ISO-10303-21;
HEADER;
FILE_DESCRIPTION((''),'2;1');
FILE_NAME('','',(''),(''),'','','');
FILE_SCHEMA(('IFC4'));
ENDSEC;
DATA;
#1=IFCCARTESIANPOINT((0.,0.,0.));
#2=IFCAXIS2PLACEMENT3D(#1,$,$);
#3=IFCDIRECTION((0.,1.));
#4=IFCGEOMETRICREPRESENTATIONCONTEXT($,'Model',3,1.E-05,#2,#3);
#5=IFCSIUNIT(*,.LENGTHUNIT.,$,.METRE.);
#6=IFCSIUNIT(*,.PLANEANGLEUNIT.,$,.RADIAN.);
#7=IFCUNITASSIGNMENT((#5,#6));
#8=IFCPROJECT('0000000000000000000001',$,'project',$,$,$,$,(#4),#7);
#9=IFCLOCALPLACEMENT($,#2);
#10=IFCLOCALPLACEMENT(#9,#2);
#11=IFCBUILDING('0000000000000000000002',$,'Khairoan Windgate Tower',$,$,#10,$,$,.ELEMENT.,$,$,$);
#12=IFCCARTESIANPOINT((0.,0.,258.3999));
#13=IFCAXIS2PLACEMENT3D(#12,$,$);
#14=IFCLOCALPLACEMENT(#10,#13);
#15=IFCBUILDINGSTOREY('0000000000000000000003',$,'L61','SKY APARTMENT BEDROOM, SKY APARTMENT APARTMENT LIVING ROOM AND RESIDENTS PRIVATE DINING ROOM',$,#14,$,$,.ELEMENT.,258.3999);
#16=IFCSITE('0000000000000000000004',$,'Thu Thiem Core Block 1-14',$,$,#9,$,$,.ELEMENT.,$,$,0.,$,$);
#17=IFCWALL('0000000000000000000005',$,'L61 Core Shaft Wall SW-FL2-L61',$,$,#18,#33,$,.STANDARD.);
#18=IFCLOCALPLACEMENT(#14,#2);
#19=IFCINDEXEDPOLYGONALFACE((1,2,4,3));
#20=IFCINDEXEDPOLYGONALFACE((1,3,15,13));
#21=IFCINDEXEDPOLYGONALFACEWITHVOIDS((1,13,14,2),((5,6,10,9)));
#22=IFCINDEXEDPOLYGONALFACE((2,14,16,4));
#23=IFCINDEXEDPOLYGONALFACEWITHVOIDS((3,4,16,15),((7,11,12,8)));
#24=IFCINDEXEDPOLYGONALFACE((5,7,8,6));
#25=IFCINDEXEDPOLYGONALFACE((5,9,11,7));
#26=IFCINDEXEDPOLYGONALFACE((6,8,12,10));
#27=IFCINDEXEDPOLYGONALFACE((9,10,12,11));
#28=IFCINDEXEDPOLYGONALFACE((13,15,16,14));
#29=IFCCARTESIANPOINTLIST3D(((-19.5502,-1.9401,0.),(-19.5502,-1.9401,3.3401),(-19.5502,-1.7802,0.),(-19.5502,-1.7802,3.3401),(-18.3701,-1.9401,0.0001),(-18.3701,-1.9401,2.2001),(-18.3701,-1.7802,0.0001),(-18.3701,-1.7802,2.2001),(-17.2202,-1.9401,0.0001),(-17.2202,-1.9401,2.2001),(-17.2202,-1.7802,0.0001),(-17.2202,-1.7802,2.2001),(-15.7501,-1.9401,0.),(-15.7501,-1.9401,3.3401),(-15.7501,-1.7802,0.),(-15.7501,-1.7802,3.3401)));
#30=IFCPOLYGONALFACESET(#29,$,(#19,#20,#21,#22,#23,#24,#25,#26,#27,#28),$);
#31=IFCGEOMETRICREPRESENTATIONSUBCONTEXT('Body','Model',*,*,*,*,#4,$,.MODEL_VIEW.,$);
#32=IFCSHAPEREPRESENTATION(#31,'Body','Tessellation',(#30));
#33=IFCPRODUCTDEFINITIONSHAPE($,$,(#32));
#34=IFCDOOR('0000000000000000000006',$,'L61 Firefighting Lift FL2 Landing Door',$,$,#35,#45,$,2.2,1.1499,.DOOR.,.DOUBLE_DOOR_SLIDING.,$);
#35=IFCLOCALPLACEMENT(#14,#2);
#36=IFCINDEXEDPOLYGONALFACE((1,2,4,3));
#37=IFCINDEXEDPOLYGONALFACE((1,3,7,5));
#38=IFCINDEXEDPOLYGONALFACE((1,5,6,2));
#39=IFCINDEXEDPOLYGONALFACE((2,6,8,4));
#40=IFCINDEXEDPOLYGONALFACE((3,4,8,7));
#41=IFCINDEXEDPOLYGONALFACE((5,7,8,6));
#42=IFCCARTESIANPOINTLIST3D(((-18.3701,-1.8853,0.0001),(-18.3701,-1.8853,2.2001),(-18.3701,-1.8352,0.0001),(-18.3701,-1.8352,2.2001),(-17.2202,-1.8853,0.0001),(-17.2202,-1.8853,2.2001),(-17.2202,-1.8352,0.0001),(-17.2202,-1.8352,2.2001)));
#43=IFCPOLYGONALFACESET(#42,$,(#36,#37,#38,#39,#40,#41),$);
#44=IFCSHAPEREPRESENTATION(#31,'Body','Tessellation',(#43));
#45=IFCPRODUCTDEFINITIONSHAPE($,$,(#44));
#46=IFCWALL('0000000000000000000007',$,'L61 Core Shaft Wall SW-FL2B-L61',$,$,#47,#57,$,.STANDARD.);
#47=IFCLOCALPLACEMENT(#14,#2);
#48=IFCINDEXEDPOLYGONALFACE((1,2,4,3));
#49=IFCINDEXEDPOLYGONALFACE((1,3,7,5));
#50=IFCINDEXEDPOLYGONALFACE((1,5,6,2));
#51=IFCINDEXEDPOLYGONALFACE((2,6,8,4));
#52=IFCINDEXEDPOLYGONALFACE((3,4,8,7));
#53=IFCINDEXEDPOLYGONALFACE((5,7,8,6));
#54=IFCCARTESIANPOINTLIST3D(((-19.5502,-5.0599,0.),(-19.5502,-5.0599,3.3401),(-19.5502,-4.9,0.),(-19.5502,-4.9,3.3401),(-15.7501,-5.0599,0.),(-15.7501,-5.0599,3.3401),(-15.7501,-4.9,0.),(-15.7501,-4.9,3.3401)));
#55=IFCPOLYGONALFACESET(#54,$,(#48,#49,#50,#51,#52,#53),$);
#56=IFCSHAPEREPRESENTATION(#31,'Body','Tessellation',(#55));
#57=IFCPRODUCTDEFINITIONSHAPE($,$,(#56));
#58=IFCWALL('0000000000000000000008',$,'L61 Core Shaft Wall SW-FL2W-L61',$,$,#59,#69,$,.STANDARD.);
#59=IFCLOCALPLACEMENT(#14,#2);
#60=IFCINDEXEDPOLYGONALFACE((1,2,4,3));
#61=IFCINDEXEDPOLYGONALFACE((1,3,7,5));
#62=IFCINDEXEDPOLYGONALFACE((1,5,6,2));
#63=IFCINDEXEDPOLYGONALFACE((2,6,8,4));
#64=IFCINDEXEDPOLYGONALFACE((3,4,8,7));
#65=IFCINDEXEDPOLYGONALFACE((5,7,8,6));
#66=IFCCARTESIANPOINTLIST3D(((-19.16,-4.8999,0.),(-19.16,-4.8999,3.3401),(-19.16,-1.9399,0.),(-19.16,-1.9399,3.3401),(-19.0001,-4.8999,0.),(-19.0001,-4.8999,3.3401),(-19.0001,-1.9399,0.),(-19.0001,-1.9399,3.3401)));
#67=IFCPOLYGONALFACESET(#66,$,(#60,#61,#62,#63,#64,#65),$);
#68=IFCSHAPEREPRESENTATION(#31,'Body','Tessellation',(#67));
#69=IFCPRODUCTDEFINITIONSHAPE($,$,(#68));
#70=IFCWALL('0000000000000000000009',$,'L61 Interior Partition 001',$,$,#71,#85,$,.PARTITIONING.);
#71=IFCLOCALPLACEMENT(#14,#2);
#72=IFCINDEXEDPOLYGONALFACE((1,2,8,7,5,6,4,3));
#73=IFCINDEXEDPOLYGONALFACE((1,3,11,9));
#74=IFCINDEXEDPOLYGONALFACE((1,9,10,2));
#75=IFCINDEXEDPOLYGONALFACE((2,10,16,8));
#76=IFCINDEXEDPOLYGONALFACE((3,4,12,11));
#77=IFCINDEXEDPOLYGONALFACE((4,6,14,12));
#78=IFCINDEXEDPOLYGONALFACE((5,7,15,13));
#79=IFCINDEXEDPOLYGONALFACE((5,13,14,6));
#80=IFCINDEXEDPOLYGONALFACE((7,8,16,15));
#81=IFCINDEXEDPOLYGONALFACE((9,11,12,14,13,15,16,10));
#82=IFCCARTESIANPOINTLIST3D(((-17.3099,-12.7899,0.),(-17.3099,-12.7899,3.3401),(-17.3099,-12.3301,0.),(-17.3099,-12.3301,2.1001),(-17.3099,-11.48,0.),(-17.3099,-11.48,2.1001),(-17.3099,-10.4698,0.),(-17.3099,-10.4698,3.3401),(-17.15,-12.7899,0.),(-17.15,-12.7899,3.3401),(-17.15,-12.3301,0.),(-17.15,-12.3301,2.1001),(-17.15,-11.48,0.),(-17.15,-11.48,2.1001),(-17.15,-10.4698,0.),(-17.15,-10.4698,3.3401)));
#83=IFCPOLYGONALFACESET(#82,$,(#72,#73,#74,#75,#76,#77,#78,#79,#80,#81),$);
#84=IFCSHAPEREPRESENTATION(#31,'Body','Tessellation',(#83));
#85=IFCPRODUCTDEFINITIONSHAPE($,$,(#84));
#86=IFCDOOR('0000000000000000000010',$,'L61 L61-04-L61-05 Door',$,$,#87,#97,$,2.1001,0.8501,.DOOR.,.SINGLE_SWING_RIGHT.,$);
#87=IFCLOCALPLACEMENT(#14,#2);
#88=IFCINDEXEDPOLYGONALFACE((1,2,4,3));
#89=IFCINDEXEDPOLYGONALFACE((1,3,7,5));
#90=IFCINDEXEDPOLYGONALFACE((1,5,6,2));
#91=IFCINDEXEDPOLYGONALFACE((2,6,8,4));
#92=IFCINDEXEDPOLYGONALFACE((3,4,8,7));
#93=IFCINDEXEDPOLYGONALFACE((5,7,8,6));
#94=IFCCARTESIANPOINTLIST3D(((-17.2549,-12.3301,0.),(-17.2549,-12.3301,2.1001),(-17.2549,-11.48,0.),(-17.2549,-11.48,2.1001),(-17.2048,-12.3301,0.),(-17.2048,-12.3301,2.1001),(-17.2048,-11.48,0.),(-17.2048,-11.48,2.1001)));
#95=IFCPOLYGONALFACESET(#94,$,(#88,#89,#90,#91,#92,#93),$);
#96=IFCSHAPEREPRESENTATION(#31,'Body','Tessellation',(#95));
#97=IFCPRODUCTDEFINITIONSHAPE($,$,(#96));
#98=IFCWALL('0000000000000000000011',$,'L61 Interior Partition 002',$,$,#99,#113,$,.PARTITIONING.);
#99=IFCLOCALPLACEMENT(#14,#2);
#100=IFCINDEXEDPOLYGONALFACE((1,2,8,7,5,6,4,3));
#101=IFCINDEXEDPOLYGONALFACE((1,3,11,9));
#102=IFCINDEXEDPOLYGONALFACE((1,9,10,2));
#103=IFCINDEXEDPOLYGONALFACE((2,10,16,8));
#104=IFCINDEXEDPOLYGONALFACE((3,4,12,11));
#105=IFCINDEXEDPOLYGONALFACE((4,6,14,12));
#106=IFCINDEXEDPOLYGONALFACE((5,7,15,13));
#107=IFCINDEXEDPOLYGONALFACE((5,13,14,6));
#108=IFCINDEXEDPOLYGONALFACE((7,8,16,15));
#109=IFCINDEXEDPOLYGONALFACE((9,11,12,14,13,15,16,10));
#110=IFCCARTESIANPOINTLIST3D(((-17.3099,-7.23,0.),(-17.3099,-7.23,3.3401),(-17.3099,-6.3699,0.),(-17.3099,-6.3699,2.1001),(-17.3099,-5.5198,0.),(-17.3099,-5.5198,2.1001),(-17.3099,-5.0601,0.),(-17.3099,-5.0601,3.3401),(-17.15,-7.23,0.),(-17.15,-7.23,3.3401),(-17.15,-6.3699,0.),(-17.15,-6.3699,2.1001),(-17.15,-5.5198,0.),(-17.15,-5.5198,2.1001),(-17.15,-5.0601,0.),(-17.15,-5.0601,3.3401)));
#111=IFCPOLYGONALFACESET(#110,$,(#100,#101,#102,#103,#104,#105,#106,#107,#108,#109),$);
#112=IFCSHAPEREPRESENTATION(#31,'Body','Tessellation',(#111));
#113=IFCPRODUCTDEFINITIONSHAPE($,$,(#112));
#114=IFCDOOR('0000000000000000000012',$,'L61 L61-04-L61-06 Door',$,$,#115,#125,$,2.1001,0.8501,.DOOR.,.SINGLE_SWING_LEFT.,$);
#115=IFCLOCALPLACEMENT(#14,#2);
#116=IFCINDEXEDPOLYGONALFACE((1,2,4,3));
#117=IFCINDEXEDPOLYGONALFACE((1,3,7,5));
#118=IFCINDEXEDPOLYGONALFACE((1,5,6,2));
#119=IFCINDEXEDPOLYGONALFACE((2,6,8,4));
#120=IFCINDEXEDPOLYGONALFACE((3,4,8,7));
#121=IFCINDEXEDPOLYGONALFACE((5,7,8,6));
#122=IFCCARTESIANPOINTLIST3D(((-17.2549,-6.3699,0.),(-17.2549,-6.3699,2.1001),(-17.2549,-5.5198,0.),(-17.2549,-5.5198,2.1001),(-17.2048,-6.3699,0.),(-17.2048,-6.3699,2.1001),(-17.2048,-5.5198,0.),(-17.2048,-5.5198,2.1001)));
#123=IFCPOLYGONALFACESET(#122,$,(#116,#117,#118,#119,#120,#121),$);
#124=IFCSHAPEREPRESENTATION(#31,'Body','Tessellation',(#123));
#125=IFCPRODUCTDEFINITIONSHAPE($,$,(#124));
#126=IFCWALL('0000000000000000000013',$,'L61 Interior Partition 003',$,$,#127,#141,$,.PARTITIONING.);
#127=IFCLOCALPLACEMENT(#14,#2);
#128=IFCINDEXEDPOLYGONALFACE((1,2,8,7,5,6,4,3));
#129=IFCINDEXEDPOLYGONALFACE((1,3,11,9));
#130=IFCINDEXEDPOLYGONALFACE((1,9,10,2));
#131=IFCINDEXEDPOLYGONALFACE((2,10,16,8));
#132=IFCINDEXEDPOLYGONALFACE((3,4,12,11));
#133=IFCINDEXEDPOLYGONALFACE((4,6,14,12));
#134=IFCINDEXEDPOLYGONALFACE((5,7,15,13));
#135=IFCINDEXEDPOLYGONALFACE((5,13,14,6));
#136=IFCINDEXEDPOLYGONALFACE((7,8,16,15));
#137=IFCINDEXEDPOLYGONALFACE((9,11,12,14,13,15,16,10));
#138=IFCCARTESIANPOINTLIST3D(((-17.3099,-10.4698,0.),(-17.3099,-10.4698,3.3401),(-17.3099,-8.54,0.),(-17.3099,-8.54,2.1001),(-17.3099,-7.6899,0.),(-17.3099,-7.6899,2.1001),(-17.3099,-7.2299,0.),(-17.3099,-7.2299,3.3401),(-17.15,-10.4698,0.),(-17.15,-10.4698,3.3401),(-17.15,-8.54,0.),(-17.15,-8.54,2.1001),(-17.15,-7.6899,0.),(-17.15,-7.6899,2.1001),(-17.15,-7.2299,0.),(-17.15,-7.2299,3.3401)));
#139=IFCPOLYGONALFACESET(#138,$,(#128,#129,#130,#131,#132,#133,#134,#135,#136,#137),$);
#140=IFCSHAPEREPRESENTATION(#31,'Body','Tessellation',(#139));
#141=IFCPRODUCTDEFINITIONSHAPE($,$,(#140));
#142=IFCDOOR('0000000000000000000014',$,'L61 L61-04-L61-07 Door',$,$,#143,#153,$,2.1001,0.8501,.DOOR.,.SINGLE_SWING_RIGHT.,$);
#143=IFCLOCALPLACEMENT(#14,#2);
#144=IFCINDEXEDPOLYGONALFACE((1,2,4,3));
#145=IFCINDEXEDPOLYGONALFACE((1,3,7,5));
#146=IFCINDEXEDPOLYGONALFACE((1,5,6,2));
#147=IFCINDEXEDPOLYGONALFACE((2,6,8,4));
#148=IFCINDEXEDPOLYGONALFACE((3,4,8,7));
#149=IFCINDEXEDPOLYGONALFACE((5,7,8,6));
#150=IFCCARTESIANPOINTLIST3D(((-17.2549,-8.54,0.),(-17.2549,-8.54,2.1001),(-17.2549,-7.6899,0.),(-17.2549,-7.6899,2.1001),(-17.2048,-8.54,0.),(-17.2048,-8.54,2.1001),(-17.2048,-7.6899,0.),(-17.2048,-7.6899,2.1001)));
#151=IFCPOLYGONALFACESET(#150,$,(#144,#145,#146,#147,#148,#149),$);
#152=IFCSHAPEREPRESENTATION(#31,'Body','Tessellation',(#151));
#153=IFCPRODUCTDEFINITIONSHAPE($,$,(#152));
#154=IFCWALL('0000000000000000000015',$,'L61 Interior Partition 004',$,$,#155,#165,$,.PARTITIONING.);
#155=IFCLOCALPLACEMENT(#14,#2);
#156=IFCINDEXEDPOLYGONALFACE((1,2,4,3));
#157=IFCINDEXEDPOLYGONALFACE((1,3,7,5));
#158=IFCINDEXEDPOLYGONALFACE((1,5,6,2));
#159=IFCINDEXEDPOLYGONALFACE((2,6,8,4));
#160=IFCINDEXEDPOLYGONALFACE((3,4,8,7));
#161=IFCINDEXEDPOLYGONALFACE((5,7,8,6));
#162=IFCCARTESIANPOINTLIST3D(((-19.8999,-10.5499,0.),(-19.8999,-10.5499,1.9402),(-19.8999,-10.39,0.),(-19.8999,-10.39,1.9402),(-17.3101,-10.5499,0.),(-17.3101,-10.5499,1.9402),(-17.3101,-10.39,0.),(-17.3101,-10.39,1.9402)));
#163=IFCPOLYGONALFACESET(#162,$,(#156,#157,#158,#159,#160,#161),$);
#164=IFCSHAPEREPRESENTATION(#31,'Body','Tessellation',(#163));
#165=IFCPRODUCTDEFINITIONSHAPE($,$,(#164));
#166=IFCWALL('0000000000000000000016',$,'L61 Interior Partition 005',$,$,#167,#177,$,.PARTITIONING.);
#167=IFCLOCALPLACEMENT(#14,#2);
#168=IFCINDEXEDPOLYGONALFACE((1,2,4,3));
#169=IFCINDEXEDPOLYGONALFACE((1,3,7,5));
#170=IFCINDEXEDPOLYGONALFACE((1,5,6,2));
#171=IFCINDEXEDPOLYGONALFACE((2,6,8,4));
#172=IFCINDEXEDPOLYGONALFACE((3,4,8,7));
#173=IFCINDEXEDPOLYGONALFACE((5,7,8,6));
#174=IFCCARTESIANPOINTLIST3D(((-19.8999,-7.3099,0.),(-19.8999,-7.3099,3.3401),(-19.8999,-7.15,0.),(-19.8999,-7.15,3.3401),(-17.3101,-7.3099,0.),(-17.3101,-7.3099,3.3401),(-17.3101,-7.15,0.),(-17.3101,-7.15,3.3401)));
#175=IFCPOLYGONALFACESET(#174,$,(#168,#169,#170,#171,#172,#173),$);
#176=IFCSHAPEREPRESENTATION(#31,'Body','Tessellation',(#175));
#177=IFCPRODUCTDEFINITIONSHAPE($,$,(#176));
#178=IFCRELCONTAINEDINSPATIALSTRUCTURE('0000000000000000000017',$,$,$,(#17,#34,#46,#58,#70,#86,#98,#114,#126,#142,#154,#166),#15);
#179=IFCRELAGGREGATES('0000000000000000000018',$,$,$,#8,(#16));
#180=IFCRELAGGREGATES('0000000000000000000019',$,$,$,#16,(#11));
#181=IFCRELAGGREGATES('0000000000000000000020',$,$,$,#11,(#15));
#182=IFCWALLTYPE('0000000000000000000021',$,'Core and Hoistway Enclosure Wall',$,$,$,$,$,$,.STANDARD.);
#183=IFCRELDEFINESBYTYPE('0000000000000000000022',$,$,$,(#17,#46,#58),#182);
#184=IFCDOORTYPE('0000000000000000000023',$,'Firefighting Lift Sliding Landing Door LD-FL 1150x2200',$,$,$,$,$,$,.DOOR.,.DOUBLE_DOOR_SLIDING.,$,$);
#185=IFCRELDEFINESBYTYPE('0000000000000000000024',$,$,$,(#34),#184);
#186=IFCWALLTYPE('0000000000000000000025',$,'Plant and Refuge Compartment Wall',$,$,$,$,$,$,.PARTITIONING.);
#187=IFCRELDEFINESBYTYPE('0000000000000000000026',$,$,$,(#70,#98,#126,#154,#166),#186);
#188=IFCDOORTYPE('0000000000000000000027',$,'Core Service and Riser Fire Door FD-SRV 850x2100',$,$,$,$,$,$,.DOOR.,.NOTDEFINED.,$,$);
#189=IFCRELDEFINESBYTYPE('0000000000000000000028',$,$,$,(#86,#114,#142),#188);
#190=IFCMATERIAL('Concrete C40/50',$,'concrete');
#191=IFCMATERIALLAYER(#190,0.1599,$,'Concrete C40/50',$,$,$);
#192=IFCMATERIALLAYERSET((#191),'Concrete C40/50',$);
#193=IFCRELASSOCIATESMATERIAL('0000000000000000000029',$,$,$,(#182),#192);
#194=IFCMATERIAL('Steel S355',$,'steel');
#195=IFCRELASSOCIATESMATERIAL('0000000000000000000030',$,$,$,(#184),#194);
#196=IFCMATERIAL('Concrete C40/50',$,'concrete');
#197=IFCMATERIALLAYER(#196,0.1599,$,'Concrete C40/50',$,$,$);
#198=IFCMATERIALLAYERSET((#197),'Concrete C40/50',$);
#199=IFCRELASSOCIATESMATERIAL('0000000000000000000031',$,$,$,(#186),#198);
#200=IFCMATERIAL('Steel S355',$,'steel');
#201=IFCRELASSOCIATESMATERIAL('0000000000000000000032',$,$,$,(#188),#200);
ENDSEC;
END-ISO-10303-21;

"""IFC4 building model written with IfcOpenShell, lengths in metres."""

from ifc_helpers import new_model, si_unit, direction, frame, frame_2d, origin, place, context, subcontext, project, spatial, rectangle, extrude, material, layer, layer_set, type_object, element, fill, save


model = new_model("IFC4")

# Units and contexts
model_context = context("Model", 3, precision=1e-05, world=origin(), true_north=direction((0.0, 1.0)))
body_context = subcontext(model_context, "Body", "Model", "MODEL_VIEW")
ifc_project = project(units=[si_unit("LENGTHUNIT", "METRE"), si_unit("PLANEANGLEUNIT", "RADIAN")], contexts=[model_context])

# Site, building, storey
site_placement = place(None, origin())
site = spatial("IfcSite", under=ifc_project, at=site_placement, Name="Thu Thiem Core Block 1-14", CompositionType="ELEMENT", RefElevation=0.0)
building_placement = place(site_placement, origin())
building = spatial("IfcBuilding", under=site, at=building_placement, Name="Khairoan Windgate Tower", CompositionType="ELEMENT")
storey_placement = place(building_placement, frame((0.0, 0.0, 258.3999)))
storey = spatial("IfcBuildingStorey", under=building, at=storey_placement, Name="L61", Description="SKY APARTMENT BEDROOM, SKY APARTMENT APARTMENT LIVING ROOM AND RESIDENTS PRIVATE DINING ROOM", CompositionType="ELEMENT", Elevation=258.3999)

# Wall, opening, door
ifc_material_1 = material(Name="Concrete C40/50", Category="concrete")
ifc_layer_1 = layer(ifc_material_1, 0.1599, Name="Concrete C40/50")
ifc_layer_set_1 = layer_set([ifc_layer_1], Name="Concrete C40/50")
wall_type_1 = type_object("IfcWallType", Name="Core and Hoistway Enclosure Wall", PredefinedType="STANDARD", material=ifc_layer_set_1)
wall_1_placement = place(storey_placement, frame((-19.55, -1.8601, 0.0), z_axis=(0.0, 0.0, 1.0), x_axis=(1.0, 0.0, 0.0)))
wall_1 = element("IfcWall", 1, at=wall_1_placement, inside=storey, type_object=wall_type_1, Name="L61 Core Shaft Wall SW-FL2-L61", PredefinedType="STANDARD", context=body_context, shape_type="SweptSolid", body=[
    extrude(rectangle(XDim=3.8, YDim=0.1599, at=frame_2d((1.8999, 0.0))), origin(), (0.0, 0.0, 1.0), 3.3401),
])
opening_1_placement = place(wall_1_placement, frame((1.1799, 0.0, 0.0)))
opening_1 = element("IfcOpeningElement", 2, at=opening_1_placement, cuts=wall_1, PredefinedType="OPENING", context=body_context, shape_type="SweptSolid", body=[
    extrude(rectangle(XDim=1.1499, YDim=2.2, at=frame_2d((0.575, 1.1001))), frame((0.0, 0.0898, 0.0), z_axis=(0.0, -1.0, 0.0), x_axis=(1.0, 0.0, 0.0)), (0.0, 0.0, 1.0), 0.1799),
])
ifc_material_2 = material(Name="Steel S355", Category="steel")
door_type_1 = type_object("IfcDoorType", Name="Firefighting Lift Sliding Landing Door LD-FL 1150x2200", OperationType="DOUBLE_DOOR_SLIDING", PredefinedType="DOOR", material=ifc_material_2)
door_1_placement = place(opening_1_placement, origin())
door_1 = element("IfcDoor", 3, at=door_1_placement, inside=storey, type_object=door_type_1, Name="L61 Firefighting Lift FL2 Landing Door", OperationType="DOUBLE_DOOR_SLIDING", OverallHeight=2.2, OverallWidth=1.1499, PredefinedType="DOOR", context=body_context, shape_type="SweptSolid", body=[
    extrude(rectangle(XDim=1.1499, YDim=2.2, at=frame_2d((0.575, 1.1001))), frame((0.0, 0.0249, 0.0), z_axis=(0.0, -1.0, 0.0), x_axis=(1.0, 0.0, 0.0)), (0.0, 0.0, 1.0), 0.05),
])
fill(opening_1, door_1)

# Walls
wall_2_placement = place(storey_placement, frame((-19.55, -4.98, 0.0), z_axis=(0.0, 0.0, 1.0), x_axis=(1.0, 0.0, 0.0)))
element("IfcWall", 4, at=wall_2_placement, inside=storey, type_object=wall_type_1, Name="L61 Core Shaft Wall SW-FL2B-L61", PredefinedType="STANDARD", context=body_context, shape_type="SweptSolid", body=[
    extrude(rectangle(XDim=3.8, YDim=0.1599, at=frame_2d((1.8999, 0.0))), origin(), (0.0, 0.0, 1.0), 3.3401),
])
wall_3_placement = place(storey_placement, frame((-19.0801, -4.8999, 0.0), z_axis=(0.0, 0.0, 1.0), x_axis=(0.0, 1.0, 0.0)))
element("IfcWall", 5, at=wall_3_placement, inside=storey, type_object=wall_type_1, Name="L61 Core Shaft Wall SW-FL2W-L61", PredefinedType="STANDARD", context=body_context, shape_type="SweptSolid", body=[
    extrude(rectangle(XDim=2.96, YDim=0.1599, at=frame_2d((1.48, 0.0))), origin(), (0.0, 0.0, 1.0), 3.3401),
])

# Walls, openings, doors
ifc_material_3 = material(Name="Concrete C40/50", Category="concrete")
ifc_layer_2 = layer(ifc_material_3, 0.1599, Name="Concrete C40/50")
ifc_layer_set_2 = layer_set([ifc_layer_2], Name="Concrete C40/50")
wall_type_2 = type_object("IfcWallType", Name="Plant and Refuge Compartment Wall", PredefinedType="PARTITIONING", material=ifc_layer_set_2)
wall_4_placement = place(storey_placement, frame((-17.23, -12.79, 0.0), z_axis=(0.0, 0.0, 1.0), x_axis=(0.0, 1.0, 0.0)))
wall_4 = element("IfcWall", 6, at=wall_4_placement, inside=storey, type_object=wall_type_2, Name="L61 Interior Partition 001", PredefinedType="PARTITIONING", context=body_context, shape_type="SweptSolid", body=[
    extrude(rectangle(XDim=2.3201, YDim=0.1599, at=frame_2d((1.1602, 0.0))), origin(), (0.0, 0.0, 1.0), 3.3401),
])
opening_2_placement = place(wall_4_placement, frame((0.46, 0.0, 0.0)))
opening_2 = element("IfcOpeningElement", 7, at=opening_2_placement, cuts=wall_4, PredefinedType="OPENING", context=body_context, shape_type="SweptSolid", body=[
    extrude(rectangle(XDim=0.8501, YDim=2.1001, at=frame_2d((0.425, 1.05))), frame((0.0, 0.0898, 0.0), z_axis=(0.0, -1.0, 0.0), x_axis=(1.0, 0.0, 0.0)), (0.0, 0.0, 1.0), 0.1799),
])
ifc_material_4 = material(Name="Steel S355", Category="steel")
door_type_2 = type_object("IfcDoorType", Name="Core Service and Riser Fire Door FD-SRV 850x2100", OperationType="NOTDEFINED", PredefinedType="DOOR", material=ifc_material_4)
door_2_placement = place(opening_2_placement, origin())
door_2 = element("IfcDoor", 8, at=door_2_placement, inside=storey, type_object=door_type_2, Name="L61 L61-04-L61-05 Door", OperationType="SINGLE_SWING_RIGHT", OverallHeight=2.1001, OverallWidth=0.8501, PredefinedType="DOOR", context=body_context, shape_type="SweptSolid", body=[
    extrude(rectangle(XDim=0.8501, YDim=2.1001, at=frame_2d((0.425, 1.05))), frame((0.0, 0.0249, 0.0), z_axis=(0.0, -1.0, 0.0), x_axis=(1.0, 0.0, 0.0)), (0.0, 0.0, 1.0), 0.05),
])
fill(opening_2, door_2)
wall_5_placement = place(storey_placement, frame((-17.23, -7.23, 0.0), z_axis=(0.0, 0.0, 1.0), x_axis=(0.0, 1.0, 0.0)))
wall_5 = element("IfcWall", 9, at=wall_5_placement, inside=storey, type_object=wall_type_2, Name="L61 Interior Partition 002", PredefinedType="PARTITIONING", context=body_context, shape_type="SweptSolid", body=[
    extrude(rectangle(XDim=2.1699, YDim=0.1599, at=frame_2d((1.085, 0.0))), origin(), (0.0, 0.0, 1.0), 3.3401),
])
opening_3_placement = place(wall_5_placement, frame((0.8601, 0.0, 0.0)))
opening_3 = element("IfcOpeningElement", 10, at=opening_3_placement, cuts=wall_5, PredefinedType="OPENING", context=body_context, shape_type="SweptSolid", body=[
    extrude(rectangle(XDim=0.8501, YDim=2.1001, at=frame_2d((0.425, 1.05))), frame((0.0, 0.0898, 0.0), z_axis=(0.0, -1.0, 0.0), x_axis=(1.0, 0.0, 0.0)), (0.0, 0.0, 1.0), 0.1799),
])
door_3_placement = place(opening_3_placement, origin())
door_3 = element("IfcDoor", 11, at=door_3_placement, inside=storey, type_object=door_type_2, Name="L61 L61-04-L61-06 Door", OperationType="SINGLE_SWING_LEFT", OverallHeight=2.1001, OverallWidth=0.8501, PredefinedType="DOOR", context=body_context, shape_type="SweptSolid", body=[
    extrude(rectangle(XDim=0.8501, YDim=2.1001, at=frame_2d((0.425, 1.05))), frame((0.0, 0.0249, 0.0), z_axis=(0.0, -1.0, 0.0), x_axis=(1.0, 0.0, 0.0)), (0.0, 0.0, 1.0), 0.05),
])
fill(opening_3, door_3)
wall_6_placement = place(storey_placement, frame((-17.23, -10.47, 0.0), z_axis=(0.0, 0.0, 1.0), x_axis=(0.0, 1.0, 0.0)))
wall_6 = element("IfcWall", 12, at=wall_6_placement, inside=storey, type_object=wall_type_2, Name="L61 Interior Partition 003", PredefinedType="PARTITIONING", context=body_context, shape_type="SweptSolid", body=[
    extrude(rectangle(XDim=3.24, YDim=0.1599, at=frame_2d((1.6201, 0.0))), origin(), (0.0, 0.0, 1.0), 3.3401),
])
opening_4_placement = place(wall_6_placement, frame((1.9299, 0.0, 0.0)))
opening_4 = element("IfcOpeningElement", 13, at=opening_4_placement, cuts=wall_6, PredefinedType="OPENING", context=body_context, shape_type="SweptSolid", body=[
    extrude(rectangle(XDim=0.8501, YDim=2.1001, at=frame_2d((0.425, 1.05))), frame((0.0, 0.0898, 0.0), z_axis=(0.0, -1.0, 0.0), x_axis=(1.0, 0.0, 0.0)), (0.0, 0.0, 1.0), 0.1799),
])
door_4_placement = place(opening_4_placement, origin())
door_4 = element("IfcDoor", 14, at=door_4_placement, inside=storey, type_object=door_type_2, Name="L61 L61-04-L61-07 Door", OperationType="SINGLE_SWING_RIGHT", OverallHeight=2.1001, OverallWidth=0.8501, PredefinedType="DOOR", context=body_context, shape_type="SweptSolid", body=[
    extrude(rectangle(XDim=0.8501, YDim=2.1001, at=frame_2d((0.425, 1.05))), frame((0.0, 0.0249, 0.0), z_axis=(0.0, -1.0, 0.0), x_axis=(1.0, 0.0, 0.0)), (0.0, 0.0, 1.0), 0.05),
])
fill(opening_4, door_4)

# Walls
wall_7_placement = place(storey_placement, frame((-19.8999, -10.47, 0.0), z_axis=(0.0, 0.0, 1.0), x_axis=(1.0, 0.0, 0.0)))
element("IfcWall", 15, at=wall_7_placement, inside=storey, type_object=wall_type_2, Name="L61 Interior Partition 004", PredefinedType="PARTITIONING", context=body_context, shape_type="SweptSolid", body=[
    extrude(rectangle(XDim=2.5898, YDim=0.1599, at=frame_2d((1.2949, 0.0))), origin(), (0.0, 0.0, 1.0), 1.9402),
])
wall_8_placement = place(storey_placement, frame((-19.8999, -7.23, 0.0), z_axis=(0.0, 0.0, 1.0), x_axis=(1.0, 0.0, 0.0)))
element("IfcWall", 16, at=wall_8_placement, inside=storey, type_object=wall_type_2, Name="L61 Interior Partition 005", PredefinedType="PARTITIONING", context=body_context, shape_type="SweptSolid", body=[
    extrude(rectangle(XDim=2.5898, YDim=0.1599, at=frame_2d((1.2949, 0.0))), origin(), (0.0, 0.0, 1.0), 3.3401),
])

save(model, "model.ifc")
